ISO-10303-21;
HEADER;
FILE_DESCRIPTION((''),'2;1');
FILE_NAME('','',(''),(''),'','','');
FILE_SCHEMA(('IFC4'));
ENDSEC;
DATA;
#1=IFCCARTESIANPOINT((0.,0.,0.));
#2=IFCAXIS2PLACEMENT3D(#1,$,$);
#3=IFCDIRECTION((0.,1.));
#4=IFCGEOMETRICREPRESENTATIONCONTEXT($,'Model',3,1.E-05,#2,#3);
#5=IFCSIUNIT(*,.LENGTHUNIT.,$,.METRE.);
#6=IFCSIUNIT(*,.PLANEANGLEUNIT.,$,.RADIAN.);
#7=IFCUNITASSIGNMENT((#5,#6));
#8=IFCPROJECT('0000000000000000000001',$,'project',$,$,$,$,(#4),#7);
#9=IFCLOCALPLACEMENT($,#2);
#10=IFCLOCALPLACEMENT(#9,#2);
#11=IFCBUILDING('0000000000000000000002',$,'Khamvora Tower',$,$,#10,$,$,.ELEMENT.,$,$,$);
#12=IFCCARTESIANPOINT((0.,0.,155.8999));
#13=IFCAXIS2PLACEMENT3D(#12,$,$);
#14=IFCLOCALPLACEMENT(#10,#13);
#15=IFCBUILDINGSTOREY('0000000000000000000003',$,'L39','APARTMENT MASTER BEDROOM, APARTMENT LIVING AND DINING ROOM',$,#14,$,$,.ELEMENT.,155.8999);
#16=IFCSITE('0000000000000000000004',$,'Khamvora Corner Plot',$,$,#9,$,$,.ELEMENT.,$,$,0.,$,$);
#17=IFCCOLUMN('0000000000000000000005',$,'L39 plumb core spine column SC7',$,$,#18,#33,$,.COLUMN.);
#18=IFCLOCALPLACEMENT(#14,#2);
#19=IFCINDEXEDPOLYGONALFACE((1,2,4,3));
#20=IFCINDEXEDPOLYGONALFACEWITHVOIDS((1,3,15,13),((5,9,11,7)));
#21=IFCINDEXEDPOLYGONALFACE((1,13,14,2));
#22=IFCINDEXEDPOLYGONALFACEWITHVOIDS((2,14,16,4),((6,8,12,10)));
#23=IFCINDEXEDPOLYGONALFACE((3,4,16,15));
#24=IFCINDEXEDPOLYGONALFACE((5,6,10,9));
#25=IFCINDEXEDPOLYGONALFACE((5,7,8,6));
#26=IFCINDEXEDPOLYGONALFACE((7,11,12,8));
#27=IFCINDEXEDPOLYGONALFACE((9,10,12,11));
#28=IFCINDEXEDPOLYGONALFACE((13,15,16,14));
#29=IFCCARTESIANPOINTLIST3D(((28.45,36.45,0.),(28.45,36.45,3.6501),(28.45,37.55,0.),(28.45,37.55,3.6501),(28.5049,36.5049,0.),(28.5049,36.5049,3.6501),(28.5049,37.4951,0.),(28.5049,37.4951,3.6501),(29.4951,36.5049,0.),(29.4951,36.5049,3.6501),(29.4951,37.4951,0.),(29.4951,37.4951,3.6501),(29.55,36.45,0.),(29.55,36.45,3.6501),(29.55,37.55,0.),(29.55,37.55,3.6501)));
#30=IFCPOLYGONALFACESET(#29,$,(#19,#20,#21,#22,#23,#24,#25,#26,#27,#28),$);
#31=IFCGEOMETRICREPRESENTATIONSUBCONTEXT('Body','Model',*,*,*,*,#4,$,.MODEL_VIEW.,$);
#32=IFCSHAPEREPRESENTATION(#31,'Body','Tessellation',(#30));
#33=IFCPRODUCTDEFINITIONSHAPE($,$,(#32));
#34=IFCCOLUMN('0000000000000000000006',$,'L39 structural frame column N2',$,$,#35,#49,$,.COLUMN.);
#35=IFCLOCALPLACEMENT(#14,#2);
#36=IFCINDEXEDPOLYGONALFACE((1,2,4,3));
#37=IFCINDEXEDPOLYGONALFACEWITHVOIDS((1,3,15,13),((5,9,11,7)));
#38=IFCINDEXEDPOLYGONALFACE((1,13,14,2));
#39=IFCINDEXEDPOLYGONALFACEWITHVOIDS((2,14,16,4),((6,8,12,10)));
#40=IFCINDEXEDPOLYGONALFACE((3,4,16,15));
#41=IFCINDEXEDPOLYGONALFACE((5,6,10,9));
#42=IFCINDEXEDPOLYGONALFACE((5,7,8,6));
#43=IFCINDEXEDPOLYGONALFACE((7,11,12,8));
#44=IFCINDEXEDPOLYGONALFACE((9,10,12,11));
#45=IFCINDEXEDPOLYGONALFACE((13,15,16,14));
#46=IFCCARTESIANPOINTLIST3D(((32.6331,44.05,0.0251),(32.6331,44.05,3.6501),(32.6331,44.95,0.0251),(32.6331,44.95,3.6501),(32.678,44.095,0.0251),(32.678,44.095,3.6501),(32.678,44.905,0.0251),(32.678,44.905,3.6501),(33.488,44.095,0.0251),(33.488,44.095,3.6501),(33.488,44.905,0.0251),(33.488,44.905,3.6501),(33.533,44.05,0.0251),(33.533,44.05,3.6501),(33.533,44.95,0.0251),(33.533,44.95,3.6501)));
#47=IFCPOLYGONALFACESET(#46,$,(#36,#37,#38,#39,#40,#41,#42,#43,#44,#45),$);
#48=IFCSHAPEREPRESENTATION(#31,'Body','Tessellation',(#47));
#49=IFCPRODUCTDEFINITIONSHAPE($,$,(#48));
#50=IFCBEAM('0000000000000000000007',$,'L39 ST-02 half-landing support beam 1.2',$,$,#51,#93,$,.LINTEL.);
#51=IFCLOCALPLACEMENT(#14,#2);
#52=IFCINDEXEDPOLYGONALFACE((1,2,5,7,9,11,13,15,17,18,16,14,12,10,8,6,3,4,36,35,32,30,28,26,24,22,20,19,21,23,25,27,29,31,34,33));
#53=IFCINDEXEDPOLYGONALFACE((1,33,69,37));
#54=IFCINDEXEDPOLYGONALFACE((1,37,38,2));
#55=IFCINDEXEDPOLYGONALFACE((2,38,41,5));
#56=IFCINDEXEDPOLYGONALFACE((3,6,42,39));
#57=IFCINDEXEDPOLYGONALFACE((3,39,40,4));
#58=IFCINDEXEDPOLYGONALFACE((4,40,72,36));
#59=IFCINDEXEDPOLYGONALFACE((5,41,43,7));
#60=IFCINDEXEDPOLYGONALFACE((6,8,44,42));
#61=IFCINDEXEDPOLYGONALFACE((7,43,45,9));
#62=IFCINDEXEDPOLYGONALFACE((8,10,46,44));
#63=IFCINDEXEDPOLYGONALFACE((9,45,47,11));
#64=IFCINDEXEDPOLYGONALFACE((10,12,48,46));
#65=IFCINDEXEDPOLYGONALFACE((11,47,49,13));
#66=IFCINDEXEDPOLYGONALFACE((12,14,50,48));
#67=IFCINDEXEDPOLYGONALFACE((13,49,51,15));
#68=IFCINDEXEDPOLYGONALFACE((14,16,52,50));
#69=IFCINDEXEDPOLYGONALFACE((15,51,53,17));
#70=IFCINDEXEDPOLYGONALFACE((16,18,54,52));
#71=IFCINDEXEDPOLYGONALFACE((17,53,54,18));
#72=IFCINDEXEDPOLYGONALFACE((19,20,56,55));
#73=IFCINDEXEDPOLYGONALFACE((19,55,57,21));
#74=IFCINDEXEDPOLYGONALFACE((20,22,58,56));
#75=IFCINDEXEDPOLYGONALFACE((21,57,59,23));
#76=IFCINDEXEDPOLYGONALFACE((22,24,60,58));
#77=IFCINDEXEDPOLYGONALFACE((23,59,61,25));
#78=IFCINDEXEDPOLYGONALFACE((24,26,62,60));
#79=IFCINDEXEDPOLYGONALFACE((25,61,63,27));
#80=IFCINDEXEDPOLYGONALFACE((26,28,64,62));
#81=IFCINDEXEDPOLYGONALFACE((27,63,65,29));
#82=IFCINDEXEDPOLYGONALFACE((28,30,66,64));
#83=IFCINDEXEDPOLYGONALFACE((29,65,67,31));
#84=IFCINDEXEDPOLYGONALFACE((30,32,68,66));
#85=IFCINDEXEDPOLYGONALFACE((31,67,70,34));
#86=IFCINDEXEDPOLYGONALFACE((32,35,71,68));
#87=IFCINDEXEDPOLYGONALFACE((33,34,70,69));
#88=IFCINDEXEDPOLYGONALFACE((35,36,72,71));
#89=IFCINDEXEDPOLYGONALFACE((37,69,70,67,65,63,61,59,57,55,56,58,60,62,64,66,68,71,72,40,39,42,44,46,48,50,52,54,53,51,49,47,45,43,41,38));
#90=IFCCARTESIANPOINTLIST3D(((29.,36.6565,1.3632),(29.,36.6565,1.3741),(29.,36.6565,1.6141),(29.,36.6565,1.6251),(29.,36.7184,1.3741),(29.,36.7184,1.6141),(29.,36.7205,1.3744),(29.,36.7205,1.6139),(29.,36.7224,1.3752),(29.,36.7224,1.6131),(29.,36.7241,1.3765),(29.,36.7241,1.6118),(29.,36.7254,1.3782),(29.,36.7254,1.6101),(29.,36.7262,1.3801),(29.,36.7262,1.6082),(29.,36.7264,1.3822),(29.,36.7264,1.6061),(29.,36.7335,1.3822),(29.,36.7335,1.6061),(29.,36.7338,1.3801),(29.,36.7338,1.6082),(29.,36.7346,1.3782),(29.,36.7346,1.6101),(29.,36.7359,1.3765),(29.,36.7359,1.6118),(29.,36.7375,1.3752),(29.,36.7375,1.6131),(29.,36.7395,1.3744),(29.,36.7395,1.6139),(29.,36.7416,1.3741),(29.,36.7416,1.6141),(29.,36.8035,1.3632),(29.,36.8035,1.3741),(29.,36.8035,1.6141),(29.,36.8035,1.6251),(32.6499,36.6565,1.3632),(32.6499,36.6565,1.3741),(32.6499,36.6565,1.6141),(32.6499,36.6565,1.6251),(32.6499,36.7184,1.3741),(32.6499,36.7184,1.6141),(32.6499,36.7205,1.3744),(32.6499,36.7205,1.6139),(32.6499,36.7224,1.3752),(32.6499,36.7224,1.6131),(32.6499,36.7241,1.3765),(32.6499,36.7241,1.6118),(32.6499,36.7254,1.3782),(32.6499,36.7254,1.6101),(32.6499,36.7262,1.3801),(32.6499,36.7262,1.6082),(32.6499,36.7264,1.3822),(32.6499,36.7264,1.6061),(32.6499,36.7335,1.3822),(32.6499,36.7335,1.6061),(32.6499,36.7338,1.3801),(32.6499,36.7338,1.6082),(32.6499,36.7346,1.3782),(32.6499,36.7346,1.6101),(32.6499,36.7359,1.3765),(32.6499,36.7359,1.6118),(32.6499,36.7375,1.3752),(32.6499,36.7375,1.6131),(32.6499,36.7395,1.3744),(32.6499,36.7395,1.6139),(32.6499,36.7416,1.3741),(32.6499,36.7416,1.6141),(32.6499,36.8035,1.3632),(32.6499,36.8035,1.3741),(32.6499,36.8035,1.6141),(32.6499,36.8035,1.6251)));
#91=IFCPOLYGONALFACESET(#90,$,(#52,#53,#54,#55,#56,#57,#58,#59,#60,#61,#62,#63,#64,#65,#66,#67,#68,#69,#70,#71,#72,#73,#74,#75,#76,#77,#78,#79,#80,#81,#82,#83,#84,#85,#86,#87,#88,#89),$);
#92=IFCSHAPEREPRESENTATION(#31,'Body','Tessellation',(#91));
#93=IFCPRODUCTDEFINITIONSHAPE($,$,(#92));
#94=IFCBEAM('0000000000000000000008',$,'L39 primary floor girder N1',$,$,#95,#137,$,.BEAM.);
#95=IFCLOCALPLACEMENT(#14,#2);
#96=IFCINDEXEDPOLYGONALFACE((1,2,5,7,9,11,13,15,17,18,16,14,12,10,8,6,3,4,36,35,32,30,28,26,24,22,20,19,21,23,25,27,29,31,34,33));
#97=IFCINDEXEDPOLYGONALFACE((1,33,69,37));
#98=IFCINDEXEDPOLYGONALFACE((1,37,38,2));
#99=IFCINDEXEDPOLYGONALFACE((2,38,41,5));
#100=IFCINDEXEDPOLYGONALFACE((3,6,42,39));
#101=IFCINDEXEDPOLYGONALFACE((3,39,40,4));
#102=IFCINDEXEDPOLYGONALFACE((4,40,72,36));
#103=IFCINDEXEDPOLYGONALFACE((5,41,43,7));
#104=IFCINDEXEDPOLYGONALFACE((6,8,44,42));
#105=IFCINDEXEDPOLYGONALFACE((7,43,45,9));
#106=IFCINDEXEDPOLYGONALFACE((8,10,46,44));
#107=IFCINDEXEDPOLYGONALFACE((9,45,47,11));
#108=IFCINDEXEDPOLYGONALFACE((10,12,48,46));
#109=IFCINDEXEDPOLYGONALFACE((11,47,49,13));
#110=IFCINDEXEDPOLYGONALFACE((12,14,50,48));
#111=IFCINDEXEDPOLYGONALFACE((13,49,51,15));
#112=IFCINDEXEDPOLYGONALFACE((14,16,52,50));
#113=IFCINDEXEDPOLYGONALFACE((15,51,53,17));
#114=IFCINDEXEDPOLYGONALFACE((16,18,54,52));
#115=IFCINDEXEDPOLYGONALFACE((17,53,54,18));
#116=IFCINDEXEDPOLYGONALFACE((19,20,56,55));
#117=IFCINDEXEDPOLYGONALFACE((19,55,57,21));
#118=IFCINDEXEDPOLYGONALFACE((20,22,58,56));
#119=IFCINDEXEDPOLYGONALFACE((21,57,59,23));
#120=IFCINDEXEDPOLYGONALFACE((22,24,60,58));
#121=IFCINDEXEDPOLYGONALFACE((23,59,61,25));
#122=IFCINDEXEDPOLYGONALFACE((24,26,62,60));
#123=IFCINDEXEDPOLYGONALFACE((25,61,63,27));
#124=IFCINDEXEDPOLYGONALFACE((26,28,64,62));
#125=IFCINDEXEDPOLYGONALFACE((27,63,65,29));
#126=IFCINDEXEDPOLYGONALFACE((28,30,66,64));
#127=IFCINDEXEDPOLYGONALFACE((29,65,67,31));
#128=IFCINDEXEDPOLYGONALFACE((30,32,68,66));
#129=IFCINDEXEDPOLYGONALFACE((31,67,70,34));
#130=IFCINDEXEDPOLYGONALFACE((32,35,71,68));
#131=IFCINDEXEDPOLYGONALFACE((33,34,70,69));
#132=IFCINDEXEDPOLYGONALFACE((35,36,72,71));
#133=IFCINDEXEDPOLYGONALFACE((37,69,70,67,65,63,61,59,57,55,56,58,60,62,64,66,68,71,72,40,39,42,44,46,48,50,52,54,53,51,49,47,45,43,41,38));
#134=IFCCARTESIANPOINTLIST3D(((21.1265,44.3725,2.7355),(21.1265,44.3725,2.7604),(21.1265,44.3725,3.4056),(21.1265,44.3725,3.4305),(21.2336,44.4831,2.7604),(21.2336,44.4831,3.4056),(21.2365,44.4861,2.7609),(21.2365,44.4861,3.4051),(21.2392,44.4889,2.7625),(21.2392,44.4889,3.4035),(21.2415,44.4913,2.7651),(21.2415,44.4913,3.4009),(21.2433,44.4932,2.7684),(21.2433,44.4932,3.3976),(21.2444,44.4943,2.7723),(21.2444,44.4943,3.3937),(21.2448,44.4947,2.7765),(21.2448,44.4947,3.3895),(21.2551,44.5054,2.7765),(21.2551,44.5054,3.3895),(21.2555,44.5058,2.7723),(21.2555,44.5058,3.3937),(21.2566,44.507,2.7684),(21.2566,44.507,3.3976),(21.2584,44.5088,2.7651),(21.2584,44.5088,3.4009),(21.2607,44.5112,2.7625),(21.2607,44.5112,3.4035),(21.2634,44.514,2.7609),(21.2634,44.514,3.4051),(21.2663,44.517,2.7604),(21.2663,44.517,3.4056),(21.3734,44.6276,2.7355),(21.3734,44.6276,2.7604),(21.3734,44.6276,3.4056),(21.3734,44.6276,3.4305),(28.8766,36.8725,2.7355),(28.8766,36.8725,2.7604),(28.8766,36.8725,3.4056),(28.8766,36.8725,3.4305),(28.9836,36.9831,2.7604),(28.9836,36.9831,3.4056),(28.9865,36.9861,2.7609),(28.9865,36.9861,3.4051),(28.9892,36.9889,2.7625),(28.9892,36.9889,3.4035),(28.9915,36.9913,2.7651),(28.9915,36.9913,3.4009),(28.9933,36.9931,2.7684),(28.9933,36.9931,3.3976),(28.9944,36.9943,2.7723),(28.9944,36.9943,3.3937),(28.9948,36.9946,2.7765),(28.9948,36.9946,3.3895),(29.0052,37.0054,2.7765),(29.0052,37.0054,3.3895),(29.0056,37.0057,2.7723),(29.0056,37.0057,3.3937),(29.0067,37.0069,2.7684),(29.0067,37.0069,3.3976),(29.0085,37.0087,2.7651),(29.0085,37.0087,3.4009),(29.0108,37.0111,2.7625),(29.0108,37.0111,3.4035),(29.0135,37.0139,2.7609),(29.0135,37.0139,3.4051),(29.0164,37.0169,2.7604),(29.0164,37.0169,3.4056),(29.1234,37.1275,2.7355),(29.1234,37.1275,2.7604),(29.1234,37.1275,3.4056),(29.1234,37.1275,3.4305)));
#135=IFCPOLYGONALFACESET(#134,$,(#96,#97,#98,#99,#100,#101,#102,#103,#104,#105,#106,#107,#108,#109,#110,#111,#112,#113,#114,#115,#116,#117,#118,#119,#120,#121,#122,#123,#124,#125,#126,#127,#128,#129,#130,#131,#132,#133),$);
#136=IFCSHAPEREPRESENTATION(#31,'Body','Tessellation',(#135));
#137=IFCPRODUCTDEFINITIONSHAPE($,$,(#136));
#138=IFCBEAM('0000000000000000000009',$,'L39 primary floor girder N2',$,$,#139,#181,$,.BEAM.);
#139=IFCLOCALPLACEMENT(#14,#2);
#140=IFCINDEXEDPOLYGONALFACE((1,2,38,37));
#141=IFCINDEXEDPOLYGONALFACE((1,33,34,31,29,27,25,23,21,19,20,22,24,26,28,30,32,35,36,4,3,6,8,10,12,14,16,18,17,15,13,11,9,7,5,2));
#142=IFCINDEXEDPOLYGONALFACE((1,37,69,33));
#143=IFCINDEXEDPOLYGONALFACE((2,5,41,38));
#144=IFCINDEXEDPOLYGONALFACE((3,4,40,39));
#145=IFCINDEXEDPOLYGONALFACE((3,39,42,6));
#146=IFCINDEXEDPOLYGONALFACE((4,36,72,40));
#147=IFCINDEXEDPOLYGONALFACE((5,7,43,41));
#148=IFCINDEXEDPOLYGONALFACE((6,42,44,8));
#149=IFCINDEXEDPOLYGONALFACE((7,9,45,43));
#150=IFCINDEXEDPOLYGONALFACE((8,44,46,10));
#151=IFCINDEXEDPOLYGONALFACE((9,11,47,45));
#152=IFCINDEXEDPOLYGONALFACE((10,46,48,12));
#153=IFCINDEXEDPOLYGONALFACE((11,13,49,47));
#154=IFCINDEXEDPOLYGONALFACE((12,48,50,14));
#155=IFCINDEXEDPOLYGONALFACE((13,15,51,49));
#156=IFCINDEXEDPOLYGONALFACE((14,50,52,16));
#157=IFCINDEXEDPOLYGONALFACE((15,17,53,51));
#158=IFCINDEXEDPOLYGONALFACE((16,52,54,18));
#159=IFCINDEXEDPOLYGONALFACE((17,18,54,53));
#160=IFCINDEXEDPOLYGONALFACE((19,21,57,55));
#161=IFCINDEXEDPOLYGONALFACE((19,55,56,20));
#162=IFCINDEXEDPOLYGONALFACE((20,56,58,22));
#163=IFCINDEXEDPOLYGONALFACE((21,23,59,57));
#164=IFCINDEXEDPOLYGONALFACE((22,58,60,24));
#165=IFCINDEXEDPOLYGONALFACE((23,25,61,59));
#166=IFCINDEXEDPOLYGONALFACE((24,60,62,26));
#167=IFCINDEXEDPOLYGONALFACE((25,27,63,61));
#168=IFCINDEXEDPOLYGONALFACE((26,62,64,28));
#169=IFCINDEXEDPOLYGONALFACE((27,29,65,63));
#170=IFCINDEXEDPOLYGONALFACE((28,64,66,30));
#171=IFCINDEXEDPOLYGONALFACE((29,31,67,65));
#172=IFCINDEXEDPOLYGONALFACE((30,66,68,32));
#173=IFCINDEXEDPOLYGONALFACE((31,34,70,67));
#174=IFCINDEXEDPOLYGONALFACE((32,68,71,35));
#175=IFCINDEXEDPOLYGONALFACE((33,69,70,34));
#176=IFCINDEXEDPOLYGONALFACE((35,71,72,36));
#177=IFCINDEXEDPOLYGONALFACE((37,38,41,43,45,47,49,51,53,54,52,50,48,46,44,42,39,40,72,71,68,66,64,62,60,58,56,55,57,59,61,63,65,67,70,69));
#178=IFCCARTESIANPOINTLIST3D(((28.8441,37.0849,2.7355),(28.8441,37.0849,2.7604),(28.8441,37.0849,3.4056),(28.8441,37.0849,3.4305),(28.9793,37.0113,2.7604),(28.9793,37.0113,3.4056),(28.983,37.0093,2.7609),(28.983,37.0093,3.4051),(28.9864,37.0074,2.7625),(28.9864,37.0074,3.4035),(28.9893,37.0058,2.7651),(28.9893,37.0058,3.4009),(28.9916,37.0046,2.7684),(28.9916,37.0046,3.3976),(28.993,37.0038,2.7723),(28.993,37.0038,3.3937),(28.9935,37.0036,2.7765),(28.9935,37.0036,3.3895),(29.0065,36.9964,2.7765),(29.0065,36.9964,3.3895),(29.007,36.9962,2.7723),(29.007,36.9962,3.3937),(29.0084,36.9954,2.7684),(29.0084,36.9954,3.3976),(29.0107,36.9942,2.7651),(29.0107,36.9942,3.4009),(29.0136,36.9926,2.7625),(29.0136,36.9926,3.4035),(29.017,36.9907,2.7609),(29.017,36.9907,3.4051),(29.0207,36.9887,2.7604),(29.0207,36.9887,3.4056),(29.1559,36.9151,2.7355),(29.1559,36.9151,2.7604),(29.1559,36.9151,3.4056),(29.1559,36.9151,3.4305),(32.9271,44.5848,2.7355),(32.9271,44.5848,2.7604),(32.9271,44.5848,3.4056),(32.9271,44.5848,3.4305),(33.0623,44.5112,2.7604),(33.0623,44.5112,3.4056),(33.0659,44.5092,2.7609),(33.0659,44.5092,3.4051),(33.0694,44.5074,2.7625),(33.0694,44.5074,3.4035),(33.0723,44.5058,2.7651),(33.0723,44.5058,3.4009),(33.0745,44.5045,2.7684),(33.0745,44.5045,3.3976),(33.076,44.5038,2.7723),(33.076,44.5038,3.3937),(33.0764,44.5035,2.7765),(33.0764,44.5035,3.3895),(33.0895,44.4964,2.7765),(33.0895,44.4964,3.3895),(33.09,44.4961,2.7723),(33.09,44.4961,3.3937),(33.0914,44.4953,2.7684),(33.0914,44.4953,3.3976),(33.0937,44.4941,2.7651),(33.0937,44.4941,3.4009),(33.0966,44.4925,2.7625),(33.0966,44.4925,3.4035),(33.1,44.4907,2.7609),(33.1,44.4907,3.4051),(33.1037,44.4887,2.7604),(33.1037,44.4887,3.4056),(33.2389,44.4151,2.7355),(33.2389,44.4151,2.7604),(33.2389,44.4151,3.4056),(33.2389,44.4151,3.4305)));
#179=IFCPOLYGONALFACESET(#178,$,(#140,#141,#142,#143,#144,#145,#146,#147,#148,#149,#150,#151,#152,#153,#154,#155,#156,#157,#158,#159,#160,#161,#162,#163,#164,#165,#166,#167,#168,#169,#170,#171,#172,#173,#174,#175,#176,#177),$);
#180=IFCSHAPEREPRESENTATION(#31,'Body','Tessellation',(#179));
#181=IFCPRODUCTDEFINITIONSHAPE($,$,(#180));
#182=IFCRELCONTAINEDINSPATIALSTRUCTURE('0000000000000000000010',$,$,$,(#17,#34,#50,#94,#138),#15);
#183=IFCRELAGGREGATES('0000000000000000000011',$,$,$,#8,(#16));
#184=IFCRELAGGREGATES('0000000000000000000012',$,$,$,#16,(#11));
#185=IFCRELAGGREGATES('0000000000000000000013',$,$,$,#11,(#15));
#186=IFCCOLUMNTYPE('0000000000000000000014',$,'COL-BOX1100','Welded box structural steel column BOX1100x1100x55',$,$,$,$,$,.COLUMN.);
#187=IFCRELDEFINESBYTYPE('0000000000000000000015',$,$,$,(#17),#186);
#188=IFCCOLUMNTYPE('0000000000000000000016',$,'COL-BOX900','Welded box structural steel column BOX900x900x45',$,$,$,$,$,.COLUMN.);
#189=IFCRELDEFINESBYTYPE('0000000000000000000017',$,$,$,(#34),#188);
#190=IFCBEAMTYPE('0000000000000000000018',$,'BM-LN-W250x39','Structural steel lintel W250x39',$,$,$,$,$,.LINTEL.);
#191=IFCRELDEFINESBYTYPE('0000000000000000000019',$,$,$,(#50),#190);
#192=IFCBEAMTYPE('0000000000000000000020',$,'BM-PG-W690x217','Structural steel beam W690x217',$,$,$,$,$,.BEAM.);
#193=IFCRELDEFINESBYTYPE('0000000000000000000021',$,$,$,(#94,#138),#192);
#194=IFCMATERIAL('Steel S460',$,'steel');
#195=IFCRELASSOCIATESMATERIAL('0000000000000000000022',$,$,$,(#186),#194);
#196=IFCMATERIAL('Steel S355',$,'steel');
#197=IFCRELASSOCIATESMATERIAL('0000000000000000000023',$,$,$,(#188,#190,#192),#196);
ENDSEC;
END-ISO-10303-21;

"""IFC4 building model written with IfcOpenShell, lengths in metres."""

from ifc_helpers import new_model, si_unit, direction, frame, origin, origin_2d, place, context, subcontext, project, spatial, hollow_rectangle, i_section, extrude, material, material_profile, profile_set, type_object, element, save


model = new_model("IFC4")

# Units and contexts
model_context = context("Model", 3, precision=1e-05, world=origin(), true_north=direction((0.0, 1.0)))
body_context = subcontext(model_context, "Body", "Model", "MODEL_VIEW")
ifc_project = project(units=[si_unit("LENGTHUNIT", "METRE"), si_unit("PLANEANGLEUNIT", "RADIAN")], contexts=[model_context])

# Site, building, storey
site_placement = place(None, origin())
site = spatial("IfcSite", under=ifc_project, at=site_placement, Name="Khamvora Corner Plot", CompositionType="ELEMENT", RefElevation=0.0)
building_placement = place(site_placement, origin())
building = spatial("IfcBuilding", under=site, at=building_placement, Name="Khamvora Tower", CompositionType="ELEMENT")
storey_placement = place(building_placement, frame((0.0, 0.0, 155.8999)))
storey = spatial("IfcBuildingStorey", under=building, at=storey_placement, Name="L39", Description="APARTMENT MASTER BEDROOM, APARTMENT LIVING AND DINING ROOM", CompositionType="ELEMENT", Elevation=155.8999)

# Columns
ifc_material_1 = material(Name="Steel S460", Category="steel")
ifc_material_profile_1 = material_profile(ifc_material_1, hollow_rectangle(XDim=1.1001, YDim=1.1001, WallThickness=0.0549, at=origin_2d()), Name="BOX1100x1100x55")
ifc_profile_set_1 = profile_set([ifc_material_profile_1], Name="Steel S460")
column_type_1 = type_object("IfcColumnType", Name="COL-BOX1100", Description="Welded box structural steel column BOX1100x1100x55", PredefinedType="COLUMN", material=ifc_profile_set_1)
column_1_placement = place(storey_placement, frame((29.0, 37.0, 0.0), z_axis=(0.0, 0.0, 1.0), x_axis=(1.0, 0.0, 0.0)))
element("IfcColumn", 1, at=column_1_placement, inside=storey, type_object=column_type_1, Name="L39 plumb core spine column SC7", PredefinedType="COLUMN", context=body_context, shape_type="SweptSolid", body=[
    extrude(hollow_rectangle(XDim=1.1001, YDim=1.1001, WallThickness=0.0549, at=origin_2d()), origin(), (0.0, 0.0, 1.0), 3.6501),
])
ifc_material_2 = material(Name="Steel S355", Category="steel")
ifc_material_profile_2 = material_profile(ifc_material_2, hollow_rectangle(XDim=0.8999, YDim=0.8999, WallThickness=0.0449, at=origin_2d()), Name="BOX900x900x45")
ifc_profile_set_2 = profile_set([ifc_material_profile_2], Name="Steel S355")
column_type_2 = type_object("IfcColumnType", Name="COL-BOX900", Description="Welded box structural steel column BOX900x900x45", PredefinedType="COLUMN", material=ifc_profile_set_2)
column_2_placement = place(storey_placement, frame((33.083, 44.5, 0.0251), z_axis=(0.0, 0.0, 1.0), x_axis=(1.0, 0.0, 0.0)))
element("IfcColumn", 2, at=column_2_placement, inside=storey, type_object=column_type_2, Name="L39 structural frame column N2", PredefinedType="COLUMN", context=body_context, shape_type="SweptSolid", body=[
    extrude(hollow_rectangle(XDim=0.8999, YDim=0.8999, WallThickness=0.0449, at=origin_2d()), origin(), (0.0, 0.0, 1.0), 3.625),
])

# Beams
ifc_material_profile_3 = material_profile(ifc_material_2, i_section(OverallWidth=0.147, OverallDepth=0.262, WebThickness=0.0071, FlangeThickness=0.011, FilletRadius=0.0081, at=origin_2d()), Name="W250x39")
ifc_profile_set_3 = profile_set([ifc_material_profile_3], Name="Steel S355")
beam_type_1 = type_object("IfcBeamType", Name="BM-LN-W250x39", Description="Structural steel lintel W250x39", PredefinedType="LINTEL", material=ifc_profile_set_3)
beam_1_placement = place(storey_placement, frame((29.0, 36.73, 1.4941), z_axis=(1.0, 0.0, 0.0), x_axis=(0.0, 1.0, 0.0)))
element("IfcBeam", 3, at=beam_1_placement, inside=storey, type_object=beam_type_1, Name="L39 ST-02 half-landing support beam 1.2", PredefinedType="LINTEL", context=body_context, shape_type="SweptSolid", body=[
    extrude(i_section(OverallWidth=0.147, OverallDepth=0.262, WebThickness=0.0071, FlangeThickness=0.011, FilletRadius=0.0081, at=origin_2d()), origin(), (0.0, 0.0, 1.0), 3.6499),
])
ifc_material_profile_4 = material_profile(ifc_material_2, i_section(OverallWidth=0.355, OverallDepth=0.6951, WebThickness=0.0149, FlangeThickness=0.0249, FilletRadius=0.0161, at=origin_2d()), Name="W690x217")
ifc_profile_set_4 = profile_set([ifc_material_profile_4], Name="Steel S355")
beam_type_2 = type_object("IfcBeamType", Name="BM-PG-W690x217", Description="Structural steel beam W690x217", PredefinedType="BEAM", material=ifc_profile_set_4)
beam_2_placement = place(storey_placement, frame((29.0, 37.0, 3.083), z_axis=(-0.718602, 0.695421, 0.0), x_axis=(-0.695421, -0.718602, 0.0)))
element("IfcBeam", 4, at=beam_2_placement, inside=storey, type_object=beam_type_2, Name="L39 primary floor girder N1", PredefinedType="BEAM", context=body_context, shape_type="SweptSolid", body=[
    extrude(i_section(OverallWidth=0.355, OverallDepth=0.6951, WebThickness=0.0149, FlangeThickness=0.0249, FilletRadius=0.0161, at=origin_2d()), origin(), (0.0, 0.0, 1.0), 10.7849),
])
beam_3_placement = place(storey_placement, frame((29.0, 37.0, 3.083), z_axis=(0.478139, 0.878284, 0.0), x_axis=(-0.878284, 0.478139, 0.0)))
element("IfcBeam", 5, at=beam_3_placement, inside=storey, type_object=beam_type_2, Name="L39 primary floor girder N2", PredefinedType="BEAM", context=body_context, shape_type="SweptSolid", body=[
    extrude(i_section(OverallWidth=0.355, OverallDepth=0.6951, WebThickness=0.0149, FlangeThickness=0.0249, FilletRadius=0.0161, at=origin_2d()), origin(), (0.0, 0.0, 1.0), 8.5393),
])

save(model, "model.ifc")
